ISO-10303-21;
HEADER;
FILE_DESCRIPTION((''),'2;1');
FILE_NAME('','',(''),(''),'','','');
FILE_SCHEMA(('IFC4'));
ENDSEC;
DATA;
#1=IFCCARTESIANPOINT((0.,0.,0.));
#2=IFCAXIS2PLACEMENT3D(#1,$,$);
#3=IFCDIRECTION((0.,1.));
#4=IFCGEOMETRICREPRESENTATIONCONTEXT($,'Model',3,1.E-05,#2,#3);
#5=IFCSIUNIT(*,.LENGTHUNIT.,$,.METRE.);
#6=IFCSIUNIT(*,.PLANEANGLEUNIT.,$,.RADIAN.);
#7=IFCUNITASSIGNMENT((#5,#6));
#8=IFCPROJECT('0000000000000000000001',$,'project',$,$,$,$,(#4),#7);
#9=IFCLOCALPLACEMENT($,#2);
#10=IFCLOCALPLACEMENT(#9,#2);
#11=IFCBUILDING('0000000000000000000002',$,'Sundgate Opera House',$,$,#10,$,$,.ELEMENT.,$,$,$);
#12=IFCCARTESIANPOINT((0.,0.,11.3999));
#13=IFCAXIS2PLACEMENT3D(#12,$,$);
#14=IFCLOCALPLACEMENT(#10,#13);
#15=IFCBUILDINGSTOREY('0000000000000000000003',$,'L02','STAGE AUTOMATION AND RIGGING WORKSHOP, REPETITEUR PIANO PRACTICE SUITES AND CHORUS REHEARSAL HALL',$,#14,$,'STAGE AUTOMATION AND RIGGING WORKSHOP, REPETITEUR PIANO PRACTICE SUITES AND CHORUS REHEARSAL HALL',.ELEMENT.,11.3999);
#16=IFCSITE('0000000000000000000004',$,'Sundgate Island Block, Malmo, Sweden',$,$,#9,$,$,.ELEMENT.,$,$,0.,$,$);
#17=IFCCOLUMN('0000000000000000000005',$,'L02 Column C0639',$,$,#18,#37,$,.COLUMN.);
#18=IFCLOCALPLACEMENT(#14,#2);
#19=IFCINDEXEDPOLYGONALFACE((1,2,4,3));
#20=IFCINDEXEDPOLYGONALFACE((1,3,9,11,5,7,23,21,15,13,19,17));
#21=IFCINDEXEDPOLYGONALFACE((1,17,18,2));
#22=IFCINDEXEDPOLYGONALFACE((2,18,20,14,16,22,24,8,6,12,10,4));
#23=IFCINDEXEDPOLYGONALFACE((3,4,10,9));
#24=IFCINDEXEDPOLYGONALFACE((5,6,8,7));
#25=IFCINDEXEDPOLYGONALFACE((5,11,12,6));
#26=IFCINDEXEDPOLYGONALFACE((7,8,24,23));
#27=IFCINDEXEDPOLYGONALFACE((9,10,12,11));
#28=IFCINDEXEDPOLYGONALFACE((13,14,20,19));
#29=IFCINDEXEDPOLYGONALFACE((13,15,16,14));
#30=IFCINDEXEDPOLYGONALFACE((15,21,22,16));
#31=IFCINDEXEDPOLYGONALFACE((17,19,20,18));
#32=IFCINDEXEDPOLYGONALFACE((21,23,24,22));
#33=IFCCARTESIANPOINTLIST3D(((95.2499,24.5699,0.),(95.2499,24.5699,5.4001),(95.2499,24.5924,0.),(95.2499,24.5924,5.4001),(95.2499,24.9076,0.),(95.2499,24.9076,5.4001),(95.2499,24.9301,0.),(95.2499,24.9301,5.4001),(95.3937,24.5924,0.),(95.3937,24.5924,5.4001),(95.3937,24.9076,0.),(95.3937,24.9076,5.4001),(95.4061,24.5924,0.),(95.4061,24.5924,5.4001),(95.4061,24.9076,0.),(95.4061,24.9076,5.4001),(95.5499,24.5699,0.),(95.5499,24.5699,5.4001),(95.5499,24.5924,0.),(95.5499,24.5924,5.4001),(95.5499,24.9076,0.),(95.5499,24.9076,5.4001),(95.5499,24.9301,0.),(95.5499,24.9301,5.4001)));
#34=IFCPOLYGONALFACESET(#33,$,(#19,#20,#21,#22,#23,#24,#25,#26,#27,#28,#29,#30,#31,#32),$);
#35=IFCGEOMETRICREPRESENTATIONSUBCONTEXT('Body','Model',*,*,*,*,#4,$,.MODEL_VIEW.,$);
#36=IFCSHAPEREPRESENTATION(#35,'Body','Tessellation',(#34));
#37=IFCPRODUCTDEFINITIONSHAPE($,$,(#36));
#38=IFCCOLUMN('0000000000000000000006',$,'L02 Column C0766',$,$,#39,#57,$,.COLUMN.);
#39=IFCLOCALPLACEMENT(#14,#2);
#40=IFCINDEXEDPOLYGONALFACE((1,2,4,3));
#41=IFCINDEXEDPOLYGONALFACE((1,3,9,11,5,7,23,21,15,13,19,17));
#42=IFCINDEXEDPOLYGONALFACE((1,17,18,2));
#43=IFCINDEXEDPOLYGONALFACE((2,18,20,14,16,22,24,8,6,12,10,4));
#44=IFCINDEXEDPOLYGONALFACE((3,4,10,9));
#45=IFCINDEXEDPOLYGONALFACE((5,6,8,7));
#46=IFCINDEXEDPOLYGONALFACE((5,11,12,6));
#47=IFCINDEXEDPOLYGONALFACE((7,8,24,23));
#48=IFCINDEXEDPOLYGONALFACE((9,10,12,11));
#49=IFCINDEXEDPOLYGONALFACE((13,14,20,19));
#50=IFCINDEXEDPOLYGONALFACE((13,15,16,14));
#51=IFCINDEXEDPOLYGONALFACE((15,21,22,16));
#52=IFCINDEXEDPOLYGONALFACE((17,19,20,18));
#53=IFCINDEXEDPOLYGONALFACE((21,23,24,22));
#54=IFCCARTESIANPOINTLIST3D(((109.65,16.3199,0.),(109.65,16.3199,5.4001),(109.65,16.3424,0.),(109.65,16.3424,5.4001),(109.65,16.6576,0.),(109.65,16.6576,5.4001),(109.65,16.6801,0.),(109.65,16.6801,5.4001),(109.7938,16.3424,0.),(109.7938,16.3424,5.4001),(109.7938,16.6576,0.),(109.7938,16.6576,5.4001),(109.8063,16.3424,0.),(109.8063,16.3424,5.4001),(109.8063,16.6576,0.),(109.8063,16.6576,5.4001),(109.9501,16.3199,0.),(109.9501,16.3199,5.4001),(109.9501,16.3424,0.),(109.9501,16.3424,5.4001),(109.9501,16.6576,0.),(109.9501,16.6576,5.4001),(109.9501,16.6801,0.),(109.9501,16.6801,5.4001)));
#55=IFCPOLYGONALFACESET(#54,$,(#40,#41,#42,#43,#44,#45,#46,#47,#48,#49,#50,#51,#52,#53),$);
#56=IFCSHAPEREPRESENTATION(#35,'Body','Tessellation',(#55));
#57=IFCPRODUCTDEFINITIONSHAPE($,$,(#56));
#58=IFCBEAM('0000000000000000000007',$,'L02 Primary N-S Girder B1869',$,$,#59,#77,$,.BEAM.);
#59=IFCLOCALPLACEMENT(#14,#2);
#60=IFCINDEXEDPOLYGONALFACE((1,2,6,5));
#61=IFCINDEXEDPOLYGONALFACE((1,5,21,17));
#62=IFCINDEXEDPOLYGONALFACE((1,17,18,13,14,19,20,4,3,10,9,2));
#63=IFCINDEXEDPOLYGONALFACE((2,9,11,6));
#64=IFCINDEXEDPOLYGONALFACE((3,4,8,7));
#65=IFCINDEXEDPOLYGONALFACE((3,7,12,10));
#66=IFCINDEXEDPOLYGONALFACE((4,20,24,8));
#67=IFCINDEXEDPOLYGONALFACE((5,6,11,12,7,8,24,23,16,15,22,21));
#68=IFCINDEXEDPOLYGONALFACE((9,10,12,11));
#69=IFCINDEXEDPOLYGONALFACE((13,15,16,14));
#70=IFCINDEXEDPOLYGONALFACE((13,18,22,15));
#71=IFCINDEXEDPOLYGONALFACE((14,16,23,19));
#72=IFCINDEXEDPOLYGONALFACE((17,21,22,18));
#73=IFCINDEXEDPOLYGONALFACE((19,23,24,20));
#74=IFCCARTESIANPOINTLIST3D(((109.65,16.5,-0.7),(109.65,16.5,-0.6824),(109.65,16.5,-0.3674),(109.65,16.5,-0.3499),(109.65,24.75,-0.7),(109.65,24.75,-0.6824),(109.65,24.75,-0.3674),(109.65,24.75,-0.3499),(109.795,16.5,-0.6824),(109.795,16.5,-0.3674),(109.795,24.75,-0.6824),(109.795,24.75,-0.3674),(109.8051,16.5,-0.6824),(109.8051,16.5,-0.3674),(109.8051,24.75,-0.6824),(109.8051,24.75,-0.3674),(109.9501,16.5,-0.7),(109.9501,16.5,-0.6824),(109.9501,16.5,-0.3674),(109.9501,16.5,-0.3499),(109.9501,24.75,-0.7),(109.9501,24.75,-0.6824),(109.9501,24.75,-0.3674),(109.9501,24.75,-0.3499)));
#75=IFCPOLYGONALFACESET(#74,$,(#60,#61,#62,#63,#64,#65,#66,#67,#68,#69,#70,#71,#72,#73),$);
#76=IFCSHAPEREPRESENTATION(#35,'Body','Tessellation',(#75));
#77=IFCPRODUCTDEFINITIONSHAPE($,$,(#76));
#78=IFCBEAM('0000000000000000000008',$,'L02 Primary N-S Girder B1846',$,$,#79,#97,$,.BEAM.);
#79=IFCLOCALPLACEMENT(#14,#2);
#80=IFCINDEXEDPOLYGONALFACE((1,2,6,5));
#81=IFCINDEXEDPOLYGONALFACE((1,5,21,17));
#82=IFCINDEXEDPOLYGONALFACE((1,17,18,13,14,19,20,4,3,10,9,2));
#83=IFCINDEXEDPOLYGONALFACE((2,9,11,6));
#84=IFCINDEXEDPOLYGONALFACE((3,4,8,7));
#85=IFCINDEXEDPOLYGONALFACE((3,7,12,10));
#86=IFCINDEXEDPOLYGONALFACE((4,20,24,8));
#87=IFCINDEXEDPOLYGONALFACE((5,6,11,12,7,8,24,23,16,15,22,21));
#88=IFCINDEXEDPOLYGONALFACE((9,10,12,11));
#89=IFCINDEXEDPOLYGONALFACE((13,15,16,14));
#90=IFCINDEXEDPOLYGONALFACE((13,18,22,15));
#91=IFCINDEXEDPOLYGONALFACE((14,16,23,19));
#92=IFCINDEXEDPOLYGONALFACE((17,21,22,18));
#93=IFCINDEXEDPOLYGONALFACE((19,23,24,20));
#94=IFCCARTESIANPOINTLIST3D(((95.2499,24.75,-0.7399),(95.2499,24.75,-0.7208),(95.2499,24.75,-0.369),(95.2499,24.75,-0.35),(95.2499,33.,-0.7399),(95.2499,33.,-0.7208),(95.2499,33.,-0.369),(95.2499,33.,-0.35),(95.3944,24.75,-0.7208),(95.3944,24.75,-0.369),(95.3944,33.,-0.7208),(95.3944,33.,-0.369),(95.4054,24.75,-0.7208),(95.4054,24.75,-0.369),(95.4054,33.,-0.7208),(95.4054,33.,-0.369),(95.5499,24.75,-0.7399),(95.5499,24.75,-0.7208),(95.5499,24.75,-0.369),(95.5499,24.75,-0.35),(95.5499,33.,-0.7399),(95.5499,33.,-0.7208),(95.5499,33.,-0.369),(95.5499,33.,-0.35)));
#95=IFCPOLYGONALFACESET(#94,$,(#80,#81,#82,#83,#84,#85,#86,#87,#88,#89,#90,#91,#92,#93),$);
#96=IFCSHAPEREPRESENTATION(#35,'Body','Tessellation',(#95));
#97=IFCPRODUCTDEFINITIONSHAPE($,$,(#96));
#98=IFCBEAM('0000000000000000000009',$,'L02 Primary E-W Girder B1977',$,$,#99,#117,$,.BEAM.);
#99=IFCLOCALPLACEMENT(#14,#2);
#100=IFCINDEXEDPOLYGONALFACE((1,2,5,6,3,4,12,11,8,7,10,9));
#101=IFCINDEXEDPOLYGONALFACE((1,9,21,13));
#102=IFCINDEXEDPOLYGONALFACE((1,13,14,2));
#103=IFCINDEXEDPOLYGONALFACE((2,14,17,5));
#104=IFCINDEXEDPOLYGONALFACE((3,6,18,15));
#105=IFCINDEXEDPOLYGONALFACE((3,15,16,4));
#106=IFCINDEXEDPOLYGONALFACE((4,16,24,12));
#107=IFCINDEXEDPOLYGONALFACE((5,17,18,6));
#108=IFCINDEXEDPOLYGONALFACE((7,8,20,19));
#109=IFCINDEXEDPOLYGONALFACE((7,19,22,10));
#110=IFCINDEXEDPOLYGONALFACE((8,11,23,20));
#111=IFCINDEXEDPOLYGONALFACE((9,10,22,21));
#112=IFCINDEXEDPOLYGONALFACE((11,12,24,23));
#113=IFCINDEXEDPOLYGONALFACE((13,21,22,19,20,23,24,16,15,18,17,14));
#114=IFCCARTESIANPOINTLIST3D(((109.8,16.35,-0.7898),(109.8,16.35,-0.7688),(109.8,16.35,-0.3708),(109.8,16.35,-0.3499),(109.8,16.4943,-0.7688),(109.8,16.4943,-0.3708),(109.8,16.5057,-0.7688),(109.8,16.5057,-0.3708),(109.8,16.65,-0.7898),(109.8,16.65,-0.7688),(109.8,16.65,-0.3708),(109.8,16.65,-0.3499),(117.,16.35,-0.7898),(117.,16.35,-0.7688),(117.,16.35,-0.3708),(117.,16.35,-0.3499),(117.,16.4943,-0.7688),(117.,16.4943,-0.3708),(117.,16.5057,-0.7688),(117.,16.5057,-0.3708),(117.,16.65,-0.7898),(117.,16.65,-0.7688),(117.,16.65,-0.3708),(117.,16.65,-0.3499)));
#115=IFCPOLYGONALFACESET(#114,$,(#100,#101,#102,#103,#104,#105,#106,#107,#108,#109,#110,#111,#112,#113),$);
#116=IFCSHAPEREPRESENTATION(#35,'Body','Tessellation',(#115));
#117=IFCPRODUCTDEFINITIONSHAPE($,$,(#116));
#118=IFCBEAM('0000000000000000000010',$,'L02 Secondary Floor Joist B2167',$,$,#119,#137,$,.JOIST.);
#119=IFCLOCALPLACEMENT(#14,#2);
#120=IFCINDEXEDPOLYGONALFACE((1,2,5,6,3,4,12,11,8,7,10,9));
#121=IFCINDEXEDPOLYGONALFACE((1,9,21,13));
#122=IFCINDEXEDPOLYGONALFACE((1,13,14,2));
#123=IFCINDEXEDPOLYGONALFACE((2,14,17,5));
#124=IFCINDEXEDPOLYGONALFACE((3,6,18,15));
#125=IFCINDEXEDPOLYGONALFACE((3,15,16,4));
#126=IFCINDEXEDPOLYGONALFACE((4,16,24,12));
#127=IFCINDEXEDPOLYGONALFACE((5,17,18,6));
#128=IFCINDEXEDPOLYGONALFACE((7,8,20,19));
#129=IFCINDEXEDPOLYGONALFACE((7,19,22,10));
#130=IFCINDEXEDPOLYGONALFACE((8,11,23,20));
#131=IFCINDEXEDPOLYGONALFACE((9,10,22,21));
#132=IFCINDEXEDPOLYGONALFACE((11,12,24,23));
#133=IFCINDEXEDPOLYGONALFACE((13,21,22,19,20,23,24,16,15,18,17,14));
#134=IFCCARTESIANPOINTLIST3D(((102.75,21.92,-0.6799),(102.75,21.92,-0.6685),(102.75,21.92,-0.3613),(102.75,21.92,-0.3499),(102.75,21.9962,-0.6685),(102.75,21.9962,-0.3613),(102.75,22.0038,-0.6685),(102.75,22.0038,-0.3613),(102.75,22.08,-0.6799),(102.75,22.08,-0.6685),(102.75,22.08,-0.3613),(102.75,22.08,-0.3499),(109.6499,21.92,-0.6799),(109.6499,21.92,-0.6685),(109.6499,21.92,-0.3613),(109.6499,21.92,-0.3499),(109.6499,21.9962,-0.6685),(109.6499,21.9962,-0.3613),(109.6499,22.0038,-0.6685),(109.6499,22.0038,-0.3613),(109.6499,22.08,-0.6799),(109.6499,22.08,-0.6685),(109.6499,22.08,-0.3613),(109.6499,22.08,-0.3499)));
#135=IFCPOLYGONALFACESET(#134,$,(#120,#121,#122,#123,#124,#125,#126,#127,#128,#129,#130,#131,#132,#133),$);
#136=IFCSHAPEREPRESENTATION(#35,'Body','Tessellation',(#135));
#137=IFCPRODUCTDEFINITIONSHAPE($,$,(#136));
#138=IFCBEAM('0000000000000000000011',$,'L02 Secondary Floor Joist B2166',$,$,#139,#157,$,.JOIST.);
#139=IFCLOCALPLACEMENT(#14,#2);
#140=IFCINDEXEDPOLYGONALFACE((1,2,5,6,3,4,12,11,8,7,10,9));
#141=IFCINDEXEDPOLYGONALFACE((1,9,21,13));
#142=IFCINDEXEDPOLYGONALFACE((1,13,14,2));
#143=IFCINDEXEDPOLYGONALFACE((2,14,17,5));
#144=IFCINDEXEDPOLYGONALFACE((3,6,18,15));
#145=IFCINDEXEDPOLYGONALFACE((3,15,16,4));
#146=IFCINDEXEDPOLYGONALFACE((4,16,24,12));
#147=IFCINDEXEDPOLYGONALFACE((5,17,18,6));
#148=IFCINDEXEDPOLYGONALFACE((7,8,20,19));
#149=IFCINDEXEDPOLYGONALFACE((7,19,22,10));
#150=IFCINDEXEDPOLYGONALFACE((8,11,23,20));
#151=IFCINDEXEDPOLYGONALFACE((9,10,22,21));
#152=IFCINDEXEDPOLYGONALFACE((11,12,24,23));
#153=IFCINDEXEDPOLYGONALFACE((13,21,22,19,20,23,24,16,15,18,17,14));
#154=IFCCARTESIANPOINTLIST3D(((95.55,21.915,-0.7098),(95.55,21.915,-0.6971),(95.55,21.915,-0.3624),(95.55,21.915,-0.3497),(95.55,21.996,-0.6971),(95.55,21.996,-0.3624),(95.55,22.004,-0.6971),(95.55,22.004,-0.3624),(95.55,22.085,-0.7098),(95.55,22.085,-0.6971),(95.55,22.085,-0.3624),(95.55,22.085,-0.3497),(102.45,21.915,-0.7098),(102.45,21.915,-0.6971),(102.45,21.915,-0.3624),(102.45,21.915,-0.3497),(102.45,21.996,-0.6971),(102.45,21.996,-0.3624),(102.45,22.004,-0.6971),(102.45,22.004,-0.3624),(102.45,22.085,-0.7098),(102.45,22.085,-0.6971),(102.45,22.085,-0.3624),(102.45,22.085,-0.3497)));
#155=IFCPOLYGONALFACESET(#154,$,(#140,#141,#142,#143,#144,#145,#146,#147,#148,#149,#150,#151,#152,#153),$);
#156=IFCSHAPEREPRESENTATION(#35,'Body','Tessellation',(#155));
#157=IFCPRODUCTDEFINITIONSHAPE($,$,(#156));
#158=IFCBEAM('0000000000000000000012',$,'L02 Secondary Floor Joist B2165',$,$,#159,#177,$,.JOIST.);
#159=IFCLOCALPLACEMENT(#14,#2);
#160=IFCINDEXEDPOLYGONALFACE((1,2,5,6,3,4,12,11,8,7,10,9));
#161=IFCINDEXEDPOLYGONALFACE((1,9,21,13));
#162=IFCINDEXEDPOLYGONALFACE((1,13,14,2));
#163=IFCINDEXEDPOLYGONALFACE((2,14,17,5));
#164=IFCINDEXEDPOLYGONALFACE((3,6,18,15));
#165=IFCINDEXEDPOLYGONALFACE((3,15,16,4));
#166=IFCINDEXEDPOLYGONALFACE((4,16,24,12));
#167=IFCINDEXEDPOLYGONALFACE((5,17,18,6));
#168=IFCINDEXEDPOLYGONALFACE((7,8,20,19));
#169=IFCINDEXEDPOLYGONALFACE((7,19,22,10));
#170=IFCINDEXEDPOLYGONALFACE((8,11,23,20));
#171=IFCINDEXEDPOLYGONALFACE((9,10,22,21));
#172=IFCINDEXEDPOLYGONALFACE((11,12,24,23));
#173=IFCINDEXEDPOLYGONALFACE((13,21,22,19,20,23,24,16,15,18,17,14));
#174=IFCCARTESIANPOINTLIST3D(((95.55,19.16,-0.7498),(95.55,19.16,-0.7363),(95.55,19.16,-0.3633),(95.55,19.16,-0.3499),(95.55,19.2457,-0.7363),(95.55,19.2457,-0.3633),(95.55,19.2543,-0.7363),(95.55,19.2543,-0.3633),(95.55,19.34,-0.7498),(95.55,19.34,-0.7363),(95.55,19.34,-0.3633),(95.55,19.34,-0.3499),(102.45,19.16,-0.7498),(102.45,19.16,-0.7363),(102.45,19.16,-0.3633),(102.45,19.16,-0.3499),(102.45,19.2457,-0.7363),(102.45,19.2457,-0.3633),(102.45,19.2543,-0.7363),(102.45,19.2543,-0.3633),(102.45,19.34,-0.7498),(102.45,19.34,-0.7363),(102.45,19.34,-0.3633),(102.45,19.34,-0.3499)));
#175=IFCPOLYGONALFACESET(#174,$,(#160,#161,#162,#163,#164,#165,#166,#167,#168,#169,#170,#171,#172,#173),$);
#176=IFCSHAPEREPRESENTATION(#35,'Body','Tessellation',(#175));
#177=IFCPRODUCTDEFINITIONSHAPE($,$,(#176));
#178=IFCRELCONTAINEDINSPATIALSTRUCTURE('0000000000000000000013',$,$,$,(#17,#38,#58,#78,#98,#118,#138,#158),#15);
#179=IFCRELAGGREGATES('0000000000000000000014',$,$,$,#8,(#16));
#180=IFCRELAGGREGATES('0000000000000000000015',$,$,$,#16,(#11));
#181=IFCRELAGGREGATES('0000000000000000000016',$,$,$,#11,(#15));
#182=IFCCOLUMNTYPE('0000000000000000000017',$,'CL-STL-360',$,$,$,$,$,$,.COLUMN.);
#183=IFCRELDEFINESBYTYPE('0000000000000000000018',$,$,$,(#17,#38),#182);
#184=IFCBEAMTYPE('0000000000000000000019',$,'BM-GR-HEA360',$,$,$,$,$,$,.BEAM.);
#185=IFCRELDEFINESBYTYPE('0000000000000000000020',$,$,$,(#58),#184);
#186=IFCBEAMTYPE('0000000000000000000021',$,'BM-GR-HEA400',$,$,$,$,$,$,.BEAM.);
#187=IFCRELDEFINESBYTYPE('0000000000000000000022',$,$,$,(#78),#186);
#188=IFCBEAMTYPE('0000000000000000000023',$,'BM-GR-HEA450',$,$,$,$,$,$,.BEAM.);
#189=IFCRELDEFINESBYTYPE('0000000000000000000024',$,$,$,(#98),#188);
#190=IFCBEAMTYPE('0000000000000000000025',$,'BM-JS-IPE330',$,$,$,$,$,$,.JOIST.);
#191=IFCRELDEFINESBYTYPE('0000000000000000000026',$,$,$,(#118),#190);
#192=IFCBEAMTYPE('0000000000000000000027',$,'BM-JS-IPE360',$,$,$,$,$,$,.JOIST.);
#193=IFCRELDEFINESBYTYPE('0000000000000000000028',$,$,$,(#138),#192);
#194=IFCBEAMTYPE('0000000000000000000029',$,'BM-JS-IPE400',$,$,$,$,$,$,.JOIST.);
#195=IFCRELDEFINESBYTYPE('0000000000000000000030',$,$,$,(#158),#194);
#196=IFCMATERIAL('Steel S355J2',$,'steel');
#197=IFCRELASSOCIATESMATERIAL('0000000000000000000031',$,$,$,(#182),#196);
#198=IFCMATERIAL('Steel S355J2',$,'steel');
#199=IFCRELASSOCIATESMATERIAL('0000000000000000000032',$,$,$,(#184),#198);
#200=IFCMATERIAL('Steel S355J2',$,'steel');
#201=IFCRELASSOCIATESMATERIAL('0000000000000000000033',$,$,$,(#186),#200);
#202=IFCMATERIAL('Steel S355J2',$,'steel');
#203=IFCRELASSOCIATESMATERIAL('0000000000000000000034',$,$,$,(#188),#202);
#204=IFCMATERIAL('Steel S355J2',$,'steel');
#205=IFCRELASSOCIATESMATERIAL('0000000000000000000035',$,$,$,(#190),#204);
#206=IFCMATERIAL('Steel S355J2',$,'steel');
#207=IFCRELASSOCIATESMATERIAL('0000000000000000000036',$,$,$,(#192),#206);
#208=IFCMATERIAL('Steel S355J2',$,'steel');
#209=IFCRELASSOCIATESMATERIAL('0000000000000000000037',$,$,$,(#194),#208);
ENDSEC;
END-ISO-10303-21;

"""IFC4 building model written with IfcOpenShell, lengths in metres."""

from ifc_helpers import new_model, si_unit, direction, frame, origin, origin_2d, place, context, subcontext, project, spatial, i_section, extrude, material, material_profile, profile_set, type_object, element, save


model = new_model("IFC4")

# Units and contexts
model_context = context("Model", 3, precision=1e-05, world=origin(), true_north=direction((0.0, 1.0)))
body_context = subcontext(model_context, "Body", "Model", "MODEL_VIEW")
ifc_project = project(units=[si_unit("LENGTHUNIT", "METRE"), si_unit("PLANEANGLEUNIT", "RADIAN")], contexts=[model_context])

# Site, building, storey
site_placement = place(None, origin())
site = spatial("IfcSite", under=ifc_project, at=site_placement, Name="Sundgate Island Block, Malmo, Sweden", CompositionType="ELEMENT", RefElevation=0.0)
building_placement = place(site_placement, origin())
building = spatial("IfcBuilding", under=site, at=building_placement, Name="Sundgate Opera House", CompositionType="ELEMENT")
storey_placement = place(building_placement, frame((0.0, 0.0, 11.3999)))
storey = spatial("IfcBuildingStorey", under=building, at=storey_placement, Name="L02", Description="STAGE AUTOMATION AND RIGGING WORKSHOP, REPETITEUR PIANO PRACTICE SUITES AND CHORUS REHEARSAL HALL", LongName="STAGE AUTOMATION AND RIGGING WORKSHOP, REPETITEUR PIANO PRACTICE SUITES AND CHORUS REHEARSAL HALL", CompositionType="ELEMENT", Elevation=11.3999)

# Columns
ifc_material_1 = material(Name="Steel S355J2", Category="steel")
ifc_material_profile_1 = material_profile(ifc_material_1, i_section(OverallWidth=0.3, OverallDepth=0.3601, WebThickness=0.0125, FlangeThickness=0.0225, at=origin_2d()), Name="HEB 360")
ifc_profile_set_1 = profile_set([ifc_material_profile_1], Name="Steel S355J2")
column_type = type_object("IfcColumnType", Name="CL-STL-360", PredefinedType="COLUMN", material=ifc_profile_set_1)
for number, where, z_axis, x_axis, name in (
    (1, (95.3999, 24.75, 0.0), (0.0, 0.0, 1.0), (1.0, 0.0, 0.0), "L02 Column C0639"),
    (2, (109.8, 16.5, 0.0), (0.0, 0.0, 1.0), (1.0, 0.0, 0.0), "L02 Column C0766"),
):
    element("IfcColumn", number, at=place(storey_placement, frame(where, z_axis=z_axis, x_axis=x_axis)), inside=storey, type_object=column_type, Name=name, PredefinedType="COLUMN", context=body_context, shape_type="SweptSolid", body=[
        extrude(i_section(OverallWidth=0.3, OverallDepth=0.3601, WebThickness=0.0125, FlangeThickness=0.0225, at=origin_2d()), origin(), (0.0, 0.0, 1.0), 5.4001),
    ])

# Beams
ifc_material_2 = material(Name="Steel S355J2", Category="steel")
ifc_material_profile_2 = material_profile(ifc_material_2, i_section(OverallWidth=0.3, OverallDepth=0.3501, WebThickness=0.01, FlangeThickness=0.0176, at=origin_2d()), Name="HEA 360")
ifc_profile_set_2 = profile_set([ifc_material_profile_2], Name="Steel S355J2")
beam_type_1 = type_object("IfcBeamType", Name="BM-GR-HEA360", PredefinedType="BEAM", material=ifc_profile_set_2)
beam_1_placement = place(storey_placement, frame((109.8, 16.5, -0.5249), z_axis=(0.0, 1.0, 0.0), x_axis=(-1.0, 0.0, 0.0)))
element("IfcBeam", 3, at=beam_1_placement, inside=storey, type_object=beam_type_1, Name="L02 Primary N-S Girder B1869", PredefinedType="BEAM", context=body_context, shape_type="SweptSolid", body=[
    extrude(i_section(OverallWidth=0.3, OverallDepth=0.3501, WebThickness=0.01, FlangeThickness=0.0176, at=origin_2d()), origin(), (0.0, 0.0, 1.0), 8.25),
])
ifc_material_3 = material(Name="Steel S355J2", Category="steel")
ifc_material_profile_3 = material_profile(ifc_material_3, i_section(OverallWidth=0.3, OverallDepth=0.3899, WebThickness=0.011, FlangeThickness=0.019, at=origin_2d()), Name="HEA 400")
ifc_profile_set_3 = profile_set([ifc_material_profile_3], Name="Steel S355J2")
beam_type_2 = type_object("IfcBeamType", Name="BM-GR-HEA400", PredefinedType="BEAM", material=ifc_profile_set_3)
beam_2_placement = place(storey_placement, frame((95.3999, 24.75, -0.5449), z_axis=(0.0, 1.0, 0.0), x_axis=(-1.0, 0.0, 0.0)))
element("IfcBeam", 4, at=beam_2_placement, inside=storey, type_object=beam_type_2, Name="L02 Primary N-S Girder B1846", PredefinedType="BEAM", context=body_context, shape_type="SweptSolid", body=[
    extrude(i_section(OverallWidth=0.3, OverallDepth=0.3899, WebThickness=0.011, FlangeThickness=0.019, at=origin_2d()), origin(), (0.0, 0.0, 1.0), 8.25),
])
ifc_material_4 = material(Name="Steel S355J2", Category="steel")
ifc_material_profile_4 = material_profile(ifc_material_4, i_section(OverallWidth=0.3, OverallDepth=0.4399, WebThickness=0.0115, FlangeThickness=0.021, at=origin_2d()), Name="HEA 450")
ifc_profile_set_4 = profile_set([ifc_material_profile_4], Name="Steel S355J2")
beam_type_3 = type_object("IfcBeamType", Name="BM-GR-HEA450", PredefinedType="BEAM", material=ifc_profile_set_4)
beam_3_placement = place(storey_placement, frame((109.8, 16.5, -0.5698), z_axis=(1.0, 0.0, 0.0), x_axis=(0.0, 1.0, 0.0)))
element("IfcBeam", 5, at=beam_3_placement, inside=storey, type_object=beam_type_3, Name="L02 Primary E-W Girder B1977", PredefinedType="BEAM", context=body_context, shape_type="SweptSolid", body=[
    extrude(i_section(OverallWidth=0.3, OverallDepth=0.4399, WebThickness=0.0115, FlangeThickness=0.021, at=origin_2d()), origin(), (0.0, 0.0, 1.0), 7.2),
])
ifc_material_5 = material(Name="Steel S355J2", Category="steel")
ifc_material_profile_5 = material_profile(ifc_material_5, i_section(OverallWidth=0.1599, OverallDepth=0.3301, WebThickness=0.0076, FlangeThickness=0.0115, at=origin_2d()), Name="IPE 330")
ifc_profile_set_5 = profile_set([ifc_material_profile_5], Name="Steel S355J2")
beam_type_4 = type_object("IfcBeamType", Name="BM-JS-IPE330", PredefinedType="JOIST", material=ifc_profile_set_5)
beam_4_placement = place(storey_placement, frame((102.75, 22.0, -0.5149), z_axis=(1.0, 0.0, 0.0), x_axis=(0.0, 1.0, 0.0)))
element("IfcBeam", 6, at=beam_4_placement, inside=storey, type_object=beam_type_4, Name="L02 Secondary Floor Joist B2167", PredefinedType="JOIST", context=body_context, shape_type="SweptSolid", body=[
    extrude(i_section(OverallWidth=0.1599, OverallDepth=0.3301, WebThickness=0.0076, FlangeThickness=0.0115, at=origin_2d()), origin(), (0.0, 0.0, 1.0), 6.8999),
])
ifc_material_6 = material(Name="Steel S355J2", Category="steel")
ifc_material_profile_6 = material_profile(ifc_material_6, i_section(OverallWidth=0.1699, OverallDepth=0.3601, WebThickness=0.0081, FlangeThickness=0.0127, at=origin_2d()), Name="IPE 360")
ifc_profile_set_6 = profile_set([ifc_material_profile_6], Name="Steel S355J2")
beam_type_5 = type_object("IfcBeamType", Name="BM-JS-IPE360", PredefinedType="JOIST", material=ifc_profile_set_6)
beam_5_placement = place(storey_placement, frame((95.55, 22.0, -0.5298), z_axis=(1.0, 0.0, 0.0), x_axis=(0.0, 1.0, 0.0)))
element("IfcBeam", 7, at=beam_5_placement, inside=storey, type_object=beam_type_5, Name="L02 Secondary Floor Joist B2166", PredefinedType="JOIST", context=body_context, shape_type="SweptSolid", body=[
    extrude(i_section(OverallWidth=0.1699, OverallDepth=0.3601, WebThickness=0.0081, FlangeThickness=0.0127, at=origin_2d()), origin(), (0.0, 0.0, 1.0), 6.8999),
])
ifc_material_7 = material(Name="Steel S355J2", Category="steel")
ifc_material_profile_7 = material_profile(ifc_material_7, i_section(OverallWidth=0.1799, OverallDepth=0.3999, WebThickness=0.0085, FlangeThickness=0.0134, at=origin_2d()), Name="IPE 400")
ifc_profile_set_7 = profile_set([ifc_material_profile_7], Name="Steel S355J2")
beam_type_6 = type_object("IfcBeamType", Name="BM-JS-IPE400", PredefinedType="JOIST", material=ifc_profile_set_7)
beam_6_placement = place(storey_placement, frame((95.55, 19.25, -0.5498), z_axis=(1.0, 0.0, 0.0), x_axis=(0.0, 1.0, 0.0)))
element("IfcBeam", 8, at=beam_6_placement, inside=storey, type_object=beam_type_6, Name="L02 Secondary Floor Joist B2165", PredefinedType="JOIST", context=body_context, shape_type="SweptSolid", body=[
    extrude(i_section(OverallWidth=0.1799, OverallDepth=0.3999, WebThickness=0.0085, FlangeThickness=0.0134, at=origin_2d()), origin(), (0.0, 0.0, 1.0), 6.8999),
])

save(model, "model.ifc")
